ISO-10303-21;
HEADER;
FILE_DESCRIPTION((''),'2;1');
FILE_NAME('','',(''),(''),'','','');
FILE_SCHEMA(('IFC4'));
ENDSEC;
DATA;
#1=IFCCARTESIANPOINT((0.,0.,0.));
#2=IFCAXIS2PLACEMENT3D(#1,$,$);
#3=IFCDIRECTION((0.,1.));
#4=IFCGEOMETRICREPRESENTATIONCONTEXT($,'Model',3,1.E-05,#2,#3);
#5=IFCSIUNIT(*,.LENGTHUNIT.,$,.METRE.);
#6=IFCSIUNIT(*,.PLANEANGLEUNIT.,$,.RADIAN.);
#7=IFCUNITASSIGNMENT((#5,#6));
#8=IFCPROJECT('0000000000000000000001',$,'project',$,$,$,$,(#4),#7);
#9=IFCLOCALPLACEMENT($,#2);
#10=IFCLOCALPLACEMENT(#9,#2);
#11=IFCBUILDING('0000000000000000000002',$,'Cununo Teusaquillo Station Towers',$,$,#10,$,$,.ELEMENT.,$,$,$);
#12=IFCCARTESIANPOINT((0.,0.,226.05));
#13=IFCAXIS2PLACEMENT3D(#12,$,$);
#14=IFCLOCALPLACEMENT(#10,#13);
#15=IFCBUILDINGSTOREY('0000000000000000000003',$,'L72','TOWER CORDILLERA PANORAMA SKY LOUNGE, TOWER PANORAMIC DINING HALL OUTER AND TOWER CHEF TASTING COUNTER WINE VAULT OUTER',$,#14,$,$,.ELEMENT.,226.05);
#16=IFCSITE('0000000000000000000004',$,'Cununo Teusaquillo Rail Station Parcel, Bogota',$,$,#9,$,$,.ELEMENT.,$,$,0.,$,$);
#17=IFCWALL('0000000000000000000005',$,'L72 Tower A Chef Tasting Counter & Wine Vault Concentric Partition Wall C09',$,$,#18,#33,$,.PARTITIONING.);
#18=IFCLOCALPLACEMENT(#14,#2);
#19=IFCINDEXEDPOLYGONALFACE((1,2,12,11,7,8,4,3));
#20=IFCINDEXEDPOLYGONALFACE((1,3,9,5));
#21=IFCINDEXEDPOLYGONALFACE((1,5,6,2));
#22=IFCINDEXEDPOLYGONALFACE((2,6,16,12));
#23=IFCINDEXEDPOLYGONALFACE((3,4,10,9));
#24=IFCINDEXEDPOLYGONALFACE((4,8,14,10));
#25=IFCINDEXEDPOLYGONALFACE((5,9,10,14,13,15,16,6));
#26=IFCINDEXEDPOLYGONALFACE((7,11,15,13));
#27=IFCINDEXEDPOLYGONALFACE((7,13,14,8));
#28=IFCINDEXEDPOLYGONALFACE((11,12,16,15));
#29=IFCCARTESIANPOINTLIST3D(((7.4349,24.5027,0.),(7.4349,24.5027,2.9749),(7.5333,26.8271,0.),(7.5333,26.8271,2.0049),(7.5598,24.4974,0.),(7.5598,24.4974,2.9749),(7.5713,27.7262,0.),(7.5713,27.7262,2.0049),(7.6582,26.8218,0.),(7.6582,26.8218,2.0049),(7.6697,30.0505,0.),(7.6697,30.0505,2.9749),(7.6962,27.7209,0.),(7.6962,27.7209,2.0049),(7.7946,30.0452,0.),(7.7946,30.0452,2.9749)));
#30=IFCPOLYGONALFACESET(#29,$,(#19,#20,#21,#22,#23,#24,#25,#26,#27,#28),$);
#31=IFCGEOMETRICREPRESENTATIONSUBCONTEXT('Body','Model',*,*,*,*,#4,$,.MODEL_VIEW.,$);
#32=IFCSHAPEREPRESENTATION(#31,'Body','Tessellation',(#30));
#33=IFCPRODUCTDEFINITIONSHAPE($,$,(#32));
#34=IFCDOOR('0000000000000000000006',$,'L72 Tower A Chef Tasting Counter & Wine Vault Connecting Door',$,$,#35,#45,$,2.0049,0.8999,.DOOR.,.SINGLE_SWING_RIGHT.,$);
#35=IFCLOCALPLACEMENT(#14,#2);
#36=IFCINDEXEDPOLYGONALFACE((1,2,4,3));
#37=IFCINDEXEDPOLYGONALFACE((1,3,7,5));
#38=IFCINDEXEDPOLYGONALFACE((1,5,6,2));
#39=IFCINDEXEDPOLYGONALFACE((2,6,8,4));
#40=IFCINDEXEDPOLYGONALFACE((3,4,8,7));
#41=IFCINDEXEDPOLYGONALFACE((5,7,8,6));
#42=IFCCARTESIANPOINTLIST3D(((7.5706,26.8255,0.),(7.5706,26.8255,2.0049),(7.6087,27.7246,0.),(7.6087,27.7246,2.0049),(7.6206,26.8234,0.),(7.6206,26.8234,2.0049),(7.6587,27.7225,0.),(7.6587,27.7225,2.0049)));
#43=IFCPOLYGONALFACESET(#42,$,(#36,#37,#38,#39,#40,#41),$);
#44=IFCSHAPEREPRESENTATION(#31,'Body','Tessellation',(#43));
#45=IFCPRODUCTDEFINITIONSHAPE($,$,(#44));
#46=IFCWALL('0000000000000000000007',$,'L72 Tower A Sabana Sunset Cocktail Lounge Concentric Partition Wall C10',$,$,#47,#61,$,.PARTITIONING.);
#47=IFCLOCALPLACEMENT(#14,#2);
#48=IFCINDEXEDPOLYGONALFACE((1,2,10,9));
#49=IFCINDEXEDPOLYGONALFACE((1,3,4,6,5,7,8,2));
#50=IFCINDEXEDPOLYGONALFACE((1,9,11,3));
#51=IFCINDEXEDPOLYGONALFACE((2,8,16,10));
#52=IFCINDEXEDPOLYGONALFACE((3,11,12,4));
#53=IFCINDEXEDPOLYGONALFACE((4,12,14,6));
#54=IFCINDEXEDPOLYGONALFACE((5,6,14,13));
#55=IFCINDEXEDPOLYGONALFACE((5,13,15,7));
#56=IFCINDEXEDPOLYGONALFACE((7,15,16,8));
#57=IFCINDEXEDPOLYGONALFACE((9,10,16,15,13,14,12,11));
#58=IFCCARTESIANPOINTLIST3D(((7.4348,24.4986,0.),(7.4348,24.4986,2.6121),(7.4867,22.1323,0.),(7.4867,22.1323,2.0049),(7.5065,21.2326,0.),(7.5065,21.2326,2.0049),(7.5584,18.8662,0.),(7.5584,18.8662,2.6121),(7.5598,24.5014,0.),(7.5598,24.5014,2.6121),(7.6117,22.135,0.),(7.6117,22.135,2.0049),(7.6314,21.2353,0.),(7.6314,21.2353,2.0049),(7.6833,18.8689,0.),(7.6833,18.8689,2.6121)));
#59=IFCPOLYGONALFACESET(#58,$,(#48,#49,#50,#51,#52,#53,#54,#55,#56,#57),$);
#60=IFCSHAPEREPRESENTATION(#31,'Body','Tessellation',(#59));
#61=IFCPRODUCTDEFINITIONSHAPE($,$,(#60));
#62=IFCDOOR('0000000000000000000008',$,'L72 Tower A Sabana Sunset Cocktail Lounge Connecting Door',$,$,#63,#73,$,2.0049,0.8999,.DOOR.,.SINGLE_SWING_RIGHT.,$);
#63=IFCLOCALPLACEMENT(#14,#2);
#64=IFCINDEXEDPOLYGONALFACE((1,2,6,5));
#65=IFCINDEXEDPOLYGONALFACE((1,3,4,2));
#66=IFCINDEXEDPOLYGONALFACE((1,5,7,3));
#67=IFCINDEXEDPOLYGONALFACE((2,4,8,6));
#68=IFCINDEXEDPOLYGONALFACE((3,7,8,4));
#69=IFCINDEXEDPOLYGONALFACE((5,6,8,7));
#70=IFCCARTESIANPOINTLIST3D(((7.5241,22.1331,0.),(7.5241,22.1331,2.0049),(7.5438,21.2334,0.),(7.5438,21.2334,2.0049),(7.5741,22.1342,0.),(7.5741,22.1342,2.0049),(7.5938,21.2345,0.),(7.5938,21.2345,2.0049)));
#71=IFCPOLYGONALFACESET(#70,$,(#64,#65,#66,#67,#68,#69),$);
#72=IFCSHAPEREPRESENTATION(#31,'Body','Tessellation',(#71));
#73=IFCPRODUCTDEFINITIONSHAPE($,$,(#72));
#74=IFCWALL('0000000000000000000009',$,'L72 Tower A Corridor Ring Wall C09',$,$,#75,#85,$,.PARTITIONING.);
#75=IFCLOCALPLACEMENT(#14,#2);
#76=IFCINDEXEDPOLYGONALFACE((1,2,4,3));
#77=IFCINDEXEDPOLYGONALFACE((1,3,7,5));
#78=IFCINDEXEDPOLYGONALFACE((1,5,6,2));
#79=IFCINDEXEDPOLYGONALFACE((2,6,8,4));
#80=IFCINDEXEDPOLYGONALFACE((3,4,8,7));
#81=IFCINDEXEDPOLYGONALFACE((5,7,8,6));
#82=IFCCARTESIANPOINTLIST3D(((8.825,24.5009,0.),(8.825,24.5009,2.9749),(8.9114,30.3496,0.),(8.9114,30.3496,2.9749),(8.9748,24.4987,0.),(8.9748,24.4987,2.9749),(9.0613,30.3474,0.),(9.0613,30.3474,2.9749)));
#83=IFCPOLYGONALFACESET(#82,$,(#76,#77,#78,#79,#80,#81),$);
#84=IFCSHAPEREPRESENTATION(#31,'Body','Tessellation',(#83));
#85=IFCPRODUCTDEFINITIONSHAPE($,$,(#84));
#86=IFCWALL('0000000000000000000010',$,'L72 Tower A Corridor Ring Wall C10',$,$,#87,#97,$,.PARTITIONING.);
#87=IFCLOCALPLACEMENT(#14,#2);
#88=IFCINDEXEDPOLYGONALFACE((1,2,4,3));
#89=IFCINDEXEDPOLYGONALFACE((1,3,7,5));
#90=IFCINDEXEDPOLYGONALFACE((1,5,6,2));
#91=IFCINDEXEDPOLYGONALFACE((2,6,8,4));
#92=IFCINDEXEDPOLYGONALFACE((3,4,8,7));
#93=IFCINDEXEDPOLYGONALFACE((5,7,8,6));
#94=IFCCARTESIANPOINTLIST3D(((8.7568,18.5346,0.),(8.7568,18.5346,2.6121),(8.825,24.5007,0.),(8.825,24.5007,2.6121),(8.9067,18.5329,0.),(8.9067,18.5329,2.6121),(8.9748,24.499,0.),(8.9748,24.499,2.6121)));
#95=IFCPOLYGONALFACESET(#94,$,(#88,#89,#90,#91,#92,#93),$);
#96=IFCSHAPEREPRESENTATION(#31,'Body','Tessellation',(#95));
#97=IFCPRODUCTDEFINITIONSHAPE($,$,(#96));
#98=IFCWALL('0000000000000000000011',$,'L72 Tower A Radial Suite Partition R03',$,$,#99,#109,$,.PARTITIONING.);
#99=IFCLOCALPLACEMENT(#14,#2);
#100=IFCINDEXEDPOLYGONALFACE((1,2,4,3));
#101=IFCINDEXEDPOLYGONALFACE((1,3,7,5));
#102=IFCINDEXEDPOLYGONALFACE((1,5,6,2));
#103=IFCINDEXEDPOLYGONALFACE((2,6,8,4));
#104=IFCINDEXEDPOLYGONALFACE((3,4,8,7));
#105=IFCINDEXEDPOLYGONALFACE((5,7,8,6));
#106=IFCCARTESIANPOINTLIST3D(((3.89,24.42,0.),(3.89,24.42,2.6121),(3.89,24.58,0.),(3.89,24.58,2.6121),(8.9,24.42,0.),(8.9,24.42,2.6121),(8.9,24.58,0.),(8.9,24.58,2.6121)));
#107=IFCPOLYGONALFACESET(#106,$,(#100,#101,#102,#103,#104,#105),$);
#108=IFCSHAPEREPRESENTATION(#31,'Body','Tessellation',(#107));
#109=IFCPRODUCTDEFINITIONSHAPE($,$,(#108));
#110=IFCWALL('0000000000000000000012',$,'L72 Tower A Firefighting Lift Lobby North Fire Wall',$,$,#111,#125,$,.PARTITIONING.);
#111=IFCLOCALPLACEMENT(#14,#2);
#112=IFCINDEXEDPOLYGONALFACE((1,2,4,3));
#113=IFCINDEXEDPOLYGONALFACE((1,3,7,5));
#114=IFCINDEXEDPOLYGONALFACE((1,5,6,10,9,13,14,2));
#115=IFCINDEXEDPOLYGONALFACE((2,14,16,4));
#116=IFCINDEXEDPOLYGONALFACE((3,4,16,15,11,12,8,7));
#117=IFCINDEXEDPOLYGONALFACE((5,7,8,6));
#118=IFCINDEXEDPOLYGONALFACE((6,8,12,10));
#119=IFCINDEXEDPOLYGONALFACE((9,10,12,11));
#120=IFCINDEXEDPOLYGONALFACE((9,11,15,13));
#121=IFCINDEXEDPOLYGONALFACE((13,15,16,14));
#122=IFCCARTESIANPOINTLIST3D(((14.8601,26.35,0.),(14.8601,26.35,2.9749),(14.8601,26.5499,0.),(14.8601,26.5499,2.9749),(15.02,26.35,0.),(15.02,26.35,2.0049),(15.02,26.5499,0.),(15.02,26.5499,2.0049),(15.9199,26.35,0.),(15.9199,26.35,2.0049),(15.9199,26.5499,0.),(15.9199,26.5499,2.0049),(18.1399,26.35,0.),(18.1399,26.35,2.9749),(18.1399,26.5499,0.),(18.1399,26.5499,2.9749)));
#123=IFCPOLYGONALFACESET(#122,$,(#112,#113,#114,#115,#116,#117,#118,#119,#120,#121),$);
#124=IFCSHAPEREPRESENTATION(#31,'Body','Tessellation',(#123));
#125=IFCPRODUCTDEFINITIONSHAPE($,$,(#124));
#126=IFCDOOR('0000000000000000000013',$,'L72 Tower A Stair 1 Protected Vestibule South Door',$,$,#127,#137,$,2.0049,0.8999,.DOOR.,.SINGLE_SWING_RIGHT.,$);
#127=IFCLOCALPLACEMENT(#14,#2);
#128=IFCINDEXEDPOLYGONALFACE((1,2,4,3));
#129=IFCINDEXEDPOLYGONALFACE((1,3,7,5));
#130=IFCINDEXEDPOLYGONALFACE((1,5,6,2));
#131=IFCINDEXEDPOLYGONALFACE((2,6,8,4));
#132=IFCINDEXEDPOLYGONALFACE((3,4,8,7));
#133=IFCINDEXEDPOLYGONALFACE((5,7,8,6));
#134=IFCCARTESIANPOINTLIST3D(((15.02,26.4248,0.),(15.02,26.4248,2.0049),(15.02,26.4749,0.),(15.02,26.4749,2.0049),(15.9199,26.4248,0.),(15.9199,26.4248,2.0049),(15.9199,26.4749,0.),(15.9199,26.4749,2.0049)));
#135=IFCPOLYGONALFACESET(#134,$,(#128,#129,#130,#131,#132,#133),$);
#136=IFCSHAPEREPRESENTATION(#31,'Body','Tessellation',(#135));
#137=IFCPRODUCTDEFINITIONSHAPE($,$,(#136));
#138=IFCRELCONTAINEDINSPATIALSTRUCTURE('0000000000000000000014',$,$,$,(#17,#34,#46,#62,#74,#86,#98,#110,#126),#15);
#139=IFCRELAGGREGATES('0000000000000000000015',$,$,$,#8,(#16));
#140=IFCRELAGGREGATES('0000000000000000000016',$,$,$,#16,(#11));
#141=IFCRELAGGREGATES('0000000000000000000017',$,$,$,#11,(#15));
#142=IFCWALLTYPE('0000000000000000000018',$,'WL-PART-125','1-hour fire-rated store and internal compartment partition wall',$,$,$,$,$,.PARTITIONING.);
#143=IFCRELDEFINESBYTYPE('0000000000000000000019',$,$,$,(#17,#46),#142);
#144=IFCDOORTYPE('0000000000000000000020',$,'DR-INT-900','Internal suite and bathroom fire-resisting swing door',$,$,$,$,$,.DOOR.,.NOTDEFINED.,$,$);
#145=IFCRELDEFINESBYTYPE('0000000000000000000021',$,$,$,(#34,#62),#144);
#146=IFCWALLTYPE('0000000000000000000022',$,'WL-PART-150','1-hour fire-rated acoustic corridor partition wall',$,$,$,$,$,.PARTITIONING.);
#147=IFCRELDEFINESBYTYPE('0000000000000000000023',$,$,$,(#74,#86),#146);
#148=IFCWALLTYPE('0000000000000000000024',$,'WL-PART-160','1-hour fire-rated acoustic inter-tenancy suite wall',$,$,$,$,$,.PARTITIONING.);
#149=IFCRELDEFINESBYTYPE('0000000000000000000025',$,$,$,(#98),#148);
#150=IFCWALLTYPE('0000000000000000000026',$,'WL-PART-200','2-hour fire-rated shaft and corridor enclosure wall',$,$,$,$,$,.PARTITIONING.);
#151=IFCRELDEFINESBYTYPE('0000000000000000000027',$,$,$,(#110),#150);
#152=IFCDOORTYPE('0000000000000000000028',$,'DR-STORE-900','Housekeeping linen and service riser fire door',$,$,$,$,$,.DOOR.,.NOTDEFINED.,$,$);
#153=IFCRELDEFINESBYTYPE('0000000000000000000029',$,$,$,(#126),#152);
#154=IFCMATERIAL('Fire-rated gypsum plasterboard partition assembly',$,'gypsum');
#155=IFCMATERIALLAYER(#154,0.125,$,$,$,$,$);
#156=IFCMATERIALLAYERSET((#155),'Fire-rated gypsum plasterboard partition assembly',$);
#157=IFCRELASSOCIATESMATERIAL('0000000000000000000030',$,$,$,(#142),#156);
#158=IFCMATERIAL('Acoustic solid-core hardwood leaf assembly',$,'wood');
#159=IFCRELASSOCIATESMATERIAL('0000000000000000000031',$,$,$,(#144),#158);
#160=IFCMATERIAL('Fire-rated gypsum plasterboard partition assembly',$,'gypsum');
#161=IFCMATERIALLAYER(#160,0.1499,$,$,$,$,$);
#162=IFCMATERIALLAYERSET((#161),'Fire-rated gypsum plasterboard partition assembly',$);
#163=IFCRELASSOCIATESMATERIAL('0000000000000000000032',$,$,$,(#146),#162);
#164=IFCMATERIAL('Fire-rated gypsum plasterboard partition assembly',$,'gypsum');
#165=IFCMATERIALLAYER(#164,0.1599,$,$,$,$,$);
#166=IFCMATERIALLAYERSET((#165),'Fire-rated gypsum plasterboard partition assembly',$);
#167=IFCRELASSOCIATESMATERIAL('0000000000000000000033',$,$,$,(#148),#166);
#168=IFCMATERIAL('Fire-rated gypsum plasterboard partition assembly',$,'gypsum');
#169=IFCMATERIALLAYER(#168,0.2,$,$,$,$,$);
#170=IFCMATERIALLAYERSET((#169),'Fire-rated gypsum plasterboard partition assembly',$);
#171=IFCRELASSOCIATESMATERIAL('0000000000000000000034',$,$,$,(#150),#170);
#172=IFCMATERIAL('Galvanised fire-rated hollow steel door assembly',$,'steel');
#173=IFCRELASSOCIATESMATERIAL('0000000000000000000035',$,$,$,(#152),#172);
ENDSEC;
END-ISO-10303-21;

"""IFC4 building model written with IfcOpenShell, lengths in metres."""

from ifc_helpers import new_model, si_unit, direction, frame, frame_2d, origin, place, context, subcontext, project, spatial, rectangle, extrude, source, transform, mapped, material, layer, layer_set, type_object, element, fill, save


model = new_model("IFC4")

# Units and contexts
model_context = context("Model", 3, precision=1e-05, world=origin(), true_north=direction((0.0, 1.0)))
body_context = subcontext(model_context, "Body", "Model", "MODEL_VIEW")
ifc_project = project(units=[si_unit("LENGTHUNIT", "METRE"), si_unit("PLANEANGLEUNIT", "RADIAN")], contexts=[model_context])

# Site, building, storey
site_placement = place(None, origin())
site = spatial("IfcSite", under=ifc_project, at=site_placement, Name="Cununo Teusaquillo Rail Station Parcel, Bogota", CompositionType="ELEMENT", RefElevation=0.0)
building_placement = place(site_placement, origin())
building = spatial("IfcBuilding", under=site, at=building_placement, Name="Cununo Teusaquillo Station Towers", CompositionType="ELEMENT")
storey_placement = place(building_placement, frame((0.0, 0.0, 226.05)))
storey = spatial("IfcBuildingStorey", under=building, at=storey_placement, Name="L72", Description="TOWER CORDILLERA PANORAMA SKY LOUNGE, TOWER PANORAMIC DINING HALL OUTER AND TOWER CHEF TASTING COUNTER WINE VAULT OUTER", CompositionType="ELEMENT", Elevation=226.05)

# Walls, openings, doors
ifc_material_1 = material(Name="Fire-rated gypsum plasterboard partition assembly", Category="gypsum")
ifc_layer_1 = layer(ifc_material_1, 0.125)
ifc_layer_set_1 = layer_set([ifc_layer_1], Name="Fire-rated gypsum plasterboard partition assembly")
wall_type_1 = type_object("IfcWallType", Name="WL-PART-125", Description="1-hour fire-rated store and internal compartment partition wall", PredefinedType="PARTITIONING", material=ifc_layer_set_1)
wall_1_placement = place(storey_placement, frame((7.7322, 30.0479, 0.0), z_axis=(0.0, 0.0, 1.0), x_axis=(-0.042296, -0.999105, 0.0)))
wall_1 = element("IfcWall", 1, at=wall_1_placement, inside=storey, type_object=wall_type_1, Name="L72 Tower A Chef Tasting Counter & Wine Vault Concentric Partition Wall C09", PredefinedType="PARTITIONING", context=body_context, shape_type="SweptSolid", body=[
    extrude(rectangle(XDim=5.5527, YDim=0.125, at=frame_2d((2.7764, 0.0))), origin(), (0.0, 0.0, 1.0), 2.9749),
])
shared_shape_1 = source(origin(), body_context, "Body", "SweptSolid", [
    extrude(rectangle(XDim=0.8999, YDim=2.0049, at=frame_2d((0.45, 1.0024))), frame((0.0, 0.0725, 0.0), z_axis=(0.0, -1.0, 0.0), x_axis=(1.0, 0.0, 0.0)), (0.0, 0.0, 1.0), 0.145),
])
opening_1_placement = place(wall_1_placement, frame((2.3264, 0.0, 0.0)))
opening_1 = element("IfcOpeningElement", 2, at=opening_1_placement, cuts=wall_1, PredefinedType="OPENING", context=body_context, shape_type="MappedRepresentation", body=[
    mapped(shared_shape_1, transform((0.0, 0.0, 0.0), x_axis=(1.0, 0.0, 0.0), y_axis=(0.0, 1.0, 0.0), z_axis=(0.0, 0.0, 1.0), scale=1.0)),
])
ifc_material_2 = material(Name="Acoustic solid-core hardwood leaf assembly", Category="wood")
door_type_1 = type_object("IfcDoorType", Name="DR-INT-900", Description="Internal suite and bathroom fire-resisting swing door", OperationType="NOTDEFINED", PredefinedType="DOOR", material=ifc_material_2)
shared_shape_2 = source(origin(), body_context, "Body", "SweptSolid", [
    extrude(rectangle(XDim=0.8999, YDim=2.0049, at=frame_2d((0.45, 1.0024))), frame((0.0, 0.0249, 0.0), z_axis=(0.0, -1.0, 0.0), x_axis=(1.0, 0.0, 0.0)), (0.0, 0.0, 1.0), 0.05),
])
door_1_placement = place(opening_1_placement, origin())
door_1 = element("IfcDoor", 3, at=door_1_placement, inside=storey, type_object=door_type_1, Name="L72 Tower A Chef Tasting Counter & Wine Vault Connecting Door", OperationType="SINGLE_SWING_RIGHT", OverallHeight=2.0049, OverallWidth=0.8999, PredefinedType="DOOR", context=body_context, shape_type="MappedRepresentation", body=[
    mapped(shared_shape_2, transform((0.0, 0.0, 0.0), x_axis=(1.0, 0.0, 0.0), y_axis=(0.0, 1.0, 0.0), z_axis=(0.0, 0.0, 1.0), scale=1.0)),
])
fill(opening_1, door_1)
wall_2_placement = place(storey_placement, frame((7.4973, 24.5, 0.0), z_axis=(0.0, 0.0, 1.0), x_axis=(0.021928, -0.99976, 0.0)))
wall_2 = element("IfcWall", 4, at=wall_2_placement, inside=storey, type_object=wall_type_1, Name="L72 Tower A Sabana Sunset Cocktail Lounge Concentric Partition Wall C10", PredefinedType="PARTITIONING", context=body_context, shape_type="SweptSolid", body=[
    extrude(rectangle(XDim=5.6338, YDim=0.125, at=frame_2d((2.8169, 0.0))), origin(), (0.0, 0.0, 1.0), 2.6121),
])
opening_2_placement = place(wall_2_placement, frame((2.3669, 0.0, 0.0)))
opening_2 = element("IfcOpeningElement", 5, at=opening_2_placement, cuts=wall_2, PredefinedType="OPENING", context=body_context, shape_type="MappedRepresentation", body=[
    mapped(shared_shape_1, transform((0.0, 0.0, 0.0), x_axis=(1.0, 0.0, 0.0), y_axis=(0.0, 1.0, 0.0), z_axis=(0.0, 0.0, 1.0), scale=1.0)),
])
door_2_placement = place(opening_2_placement, origin())
door_2 = element("IfcDoor", 6, at=door_2_placement, inside=storey, type_object=door_type_1, Name="L72 Tower A Sabana Sunset Cocktail Lounge Connecting Door", OperationType="SINGLE_SWING_RIGHT", OverallHeight=2.0049, OverallWidth=0.8999, PredefinedType="DOOR", context=body_context, shape_type="MappedRepresentation", body=[
    mapped(shared_shape_2, transform((0.0, 0.0, 0.0), x_axis=(1.0, 0.0, 0.0), y_axis=(0.0, 1.0, 0.0), z_axis=(0.0, 0.0, 1.0), scale=1.0)),
])
fill(opening_2, door_2)

# Walls
ifc_material_3 = material(Name="Fire-rated gypsum plasterboard partition assembly", Category="gypsum")
ifc_layer_2 = layer(ifc_material_3, 0.1499)
ifc_layer_set_2 = layer_set([ifc_layer_2], Name="Fire-rated gypsum plasterboard partition assembly")
wall_type_2 = type_object("IfcWallType", Name="WL-PART-150", Description="1-hour fire-rated acoustic corridor partition wall", PredefinedType="PARTITIONING", material=ifc_layer_set_2)
wall_3_placement = place(storey_placement, frame((8.9863, 30.3486, 0.0), z_axis=(0.0, 0.0, 1.0), x_axis=(-0.014775, -0.999891, 0.0)))
element("IfcWall", 7, at=wall_3_placement, inside=storey, type_object=wall_type_2, Name="L72 Tower A Corridor Ring Wall C09", PredefinedType="PARTITIONING", context=body_context, shape_type="SweptSolid", body=[
    extrude(rectangle(XDim=5.8494, YDim=0.1499, at=frame_2d((2.9248, 0.0))), origin(), (0.0, 0.0, 1.0), 2.9749),
])
wall_4_placement = place(storey_placement, frame((8.8999, 24.5, 0.0), z_axis=(0.0, 0.0, 1.0), x_axis=(-0.011416, -0.999935, 0.0)))
element("IfcWall", 8, at=wall_4_placement, inside=storey, type_object=wall_type_2, Name="L72 Tower A Corridor Ring Wall C10", PredefinedType="PARTITIONING", context=body_context, shape_type="SweptSolid", body=[
    extrude(rectangle(XDim=5.9666, YDim=0.1499, at=frame_2d((2.9834, 0.0))), origin(), (0.0, 0.0, 1.0), 2.6121),
])
ifc_material_4 = material(Name="Fire-rated gypsum plasterboard partition assembly", Category="gypsum")
ifc_layer_3 = layer(ifc_material_4, 0.1599)
ifc_layer_set_3 = layer_set([ifc_layer_3], Name="Fire-rated gypsum plasterboard partition assembly")
wall_type_3 = type_object("IfcWallType", Name="WL-PART-160", Description="1-hour fire-rated acoustic inter-tenancy suite wall", PredefinedType="PARTITIONING", material=ifc_layer_set_3)
wall_5_placement = place(storey_placement, frame((8.8999, 24.5, 0.0), z_axis=(0.0, 0.0, 1.0), x_axis=(-1.0, 0.0, 0.0)))
element("IfcWall", 9, at=wall_5_placement, inside=storey, type_object=wall_type_3, Name="L72 Tower A Radial Suite Partition R03", PredefinedType="PARTITIONING", context=body_context, shape_type="SweptSolid", body=[
    extrude(rectangle(XDim=5.01, YDim=0.1599, at=frame_2d((2.5049, 0.0))), origin(), (0.0, 0.0, 1.0), 2.6121),
])

# Wall, opening, door
ifc_material_5 = material(Name="Fire-rated gypsum plasterboard partition assembly", Category="gypsum")
ifc_layer_4 = layer(ifc_material_5, 0.2)
ifc_layer_set_4 = layer_set([ifc_layer_4], Name="Fire-rated gypsum plasterboard partition assembly")
wall_type_4 = type_object("IfcWallType", Name="WL-PART-200", Description="2-hour fire-rated shaft and corridor enclosure wall", PredefinedType="PARTITIONING", material=ifc_layer_set_4)
wall_6_placement = place(storey_placement, frame((14.8601, 26.45, 0.0), z_axis=(0.0, 0.0, 1.0), x_axis=(1.0, 0.0, 0.0)))
wall_6 = element("IfcWall", 10, at=wall_6_placement, inside=storey, type_object=wall_type_4, Name="L72 Tower A Firefighting Lift Lobby North Fire Wall", PredefinedType="PARTITIONING", context=body_context, shape_type="SweptSolid", body=[
    extrude(rectangle(XDim=3.2798, YDim=0.2, at=frame_2d((1.6399, 0.0))), origin(), (0.0, 0.0, 1.0), 2.9749),
])
shared_shape_3 = source(origin(), body_context, "Body", "SweptSolid", [
    extrude(rectangle(XDim=0.8999, YDim=2.0049, at=frame_2d((0.45, 1.0024))), frame((0.0, 0.1099, 0.0), z_axis=(0.0, -1.0, 0.0), x_axis=(1.0, 0.0, 0.0)), (0.0, 0.0, 1.0), 0.22),
])
opening_3_placement = place(wall_6_placement, frame((0.1599, 0.0, 0.0)))
opening_3 = element("IfcOpeningElement", 11, at=opening_3_placement, cuts=wall_6, PredefinedType="OPENING", context=body_context, shape_type="MappedRepresentation", body=[
    mapped(shared_shape_3, transform((0.0, 0.0, 0.0), x_axis=(1.0, 0.0, 0.0), y_axis=(0.0, 1.0, 0.0), z_axis=(0.0, 0.0, 1.0), scale=1.0)),
])
ifc_material_6 = material(Name="Galvanised fire-rated hollow steel door assembly", Category="steel")
door_type_2 = type_object("IfcDoorType", Name="DR-STORE-900", Description="Housekeeping linen and service riser fire door", OperationType="NOTDEFINED", PredefinedType="DOOR", material=ifc_material_6)
door_3_placement = place(opening_3_placement, origin())
door_3 = element("IfcDoor", 12, at=door_3_placement, inside=storey, type_object=door_type_2, Name="L72 Tower A Stair 1 Protected Vestibule South Door", OperationType="SINGLE_SWING_RIGHT", OverallHeight=2.0049, OverallWidth=0.8999, PredefinedType="DOOR", context=body_context, shape_type="MappedRepresentation", body=[
    mapped(shared_shape_2, transform((0.0, 0.0, 0.0), x_axis=(1.0, 0.0, 0.0), y_axis=(0.0, 1.0, 0.0), z_axis=(0.0, 0.0, 1.0), scale=1.0)),
])
fill(opening_3, door_3)

save(model, "model.ifc")
